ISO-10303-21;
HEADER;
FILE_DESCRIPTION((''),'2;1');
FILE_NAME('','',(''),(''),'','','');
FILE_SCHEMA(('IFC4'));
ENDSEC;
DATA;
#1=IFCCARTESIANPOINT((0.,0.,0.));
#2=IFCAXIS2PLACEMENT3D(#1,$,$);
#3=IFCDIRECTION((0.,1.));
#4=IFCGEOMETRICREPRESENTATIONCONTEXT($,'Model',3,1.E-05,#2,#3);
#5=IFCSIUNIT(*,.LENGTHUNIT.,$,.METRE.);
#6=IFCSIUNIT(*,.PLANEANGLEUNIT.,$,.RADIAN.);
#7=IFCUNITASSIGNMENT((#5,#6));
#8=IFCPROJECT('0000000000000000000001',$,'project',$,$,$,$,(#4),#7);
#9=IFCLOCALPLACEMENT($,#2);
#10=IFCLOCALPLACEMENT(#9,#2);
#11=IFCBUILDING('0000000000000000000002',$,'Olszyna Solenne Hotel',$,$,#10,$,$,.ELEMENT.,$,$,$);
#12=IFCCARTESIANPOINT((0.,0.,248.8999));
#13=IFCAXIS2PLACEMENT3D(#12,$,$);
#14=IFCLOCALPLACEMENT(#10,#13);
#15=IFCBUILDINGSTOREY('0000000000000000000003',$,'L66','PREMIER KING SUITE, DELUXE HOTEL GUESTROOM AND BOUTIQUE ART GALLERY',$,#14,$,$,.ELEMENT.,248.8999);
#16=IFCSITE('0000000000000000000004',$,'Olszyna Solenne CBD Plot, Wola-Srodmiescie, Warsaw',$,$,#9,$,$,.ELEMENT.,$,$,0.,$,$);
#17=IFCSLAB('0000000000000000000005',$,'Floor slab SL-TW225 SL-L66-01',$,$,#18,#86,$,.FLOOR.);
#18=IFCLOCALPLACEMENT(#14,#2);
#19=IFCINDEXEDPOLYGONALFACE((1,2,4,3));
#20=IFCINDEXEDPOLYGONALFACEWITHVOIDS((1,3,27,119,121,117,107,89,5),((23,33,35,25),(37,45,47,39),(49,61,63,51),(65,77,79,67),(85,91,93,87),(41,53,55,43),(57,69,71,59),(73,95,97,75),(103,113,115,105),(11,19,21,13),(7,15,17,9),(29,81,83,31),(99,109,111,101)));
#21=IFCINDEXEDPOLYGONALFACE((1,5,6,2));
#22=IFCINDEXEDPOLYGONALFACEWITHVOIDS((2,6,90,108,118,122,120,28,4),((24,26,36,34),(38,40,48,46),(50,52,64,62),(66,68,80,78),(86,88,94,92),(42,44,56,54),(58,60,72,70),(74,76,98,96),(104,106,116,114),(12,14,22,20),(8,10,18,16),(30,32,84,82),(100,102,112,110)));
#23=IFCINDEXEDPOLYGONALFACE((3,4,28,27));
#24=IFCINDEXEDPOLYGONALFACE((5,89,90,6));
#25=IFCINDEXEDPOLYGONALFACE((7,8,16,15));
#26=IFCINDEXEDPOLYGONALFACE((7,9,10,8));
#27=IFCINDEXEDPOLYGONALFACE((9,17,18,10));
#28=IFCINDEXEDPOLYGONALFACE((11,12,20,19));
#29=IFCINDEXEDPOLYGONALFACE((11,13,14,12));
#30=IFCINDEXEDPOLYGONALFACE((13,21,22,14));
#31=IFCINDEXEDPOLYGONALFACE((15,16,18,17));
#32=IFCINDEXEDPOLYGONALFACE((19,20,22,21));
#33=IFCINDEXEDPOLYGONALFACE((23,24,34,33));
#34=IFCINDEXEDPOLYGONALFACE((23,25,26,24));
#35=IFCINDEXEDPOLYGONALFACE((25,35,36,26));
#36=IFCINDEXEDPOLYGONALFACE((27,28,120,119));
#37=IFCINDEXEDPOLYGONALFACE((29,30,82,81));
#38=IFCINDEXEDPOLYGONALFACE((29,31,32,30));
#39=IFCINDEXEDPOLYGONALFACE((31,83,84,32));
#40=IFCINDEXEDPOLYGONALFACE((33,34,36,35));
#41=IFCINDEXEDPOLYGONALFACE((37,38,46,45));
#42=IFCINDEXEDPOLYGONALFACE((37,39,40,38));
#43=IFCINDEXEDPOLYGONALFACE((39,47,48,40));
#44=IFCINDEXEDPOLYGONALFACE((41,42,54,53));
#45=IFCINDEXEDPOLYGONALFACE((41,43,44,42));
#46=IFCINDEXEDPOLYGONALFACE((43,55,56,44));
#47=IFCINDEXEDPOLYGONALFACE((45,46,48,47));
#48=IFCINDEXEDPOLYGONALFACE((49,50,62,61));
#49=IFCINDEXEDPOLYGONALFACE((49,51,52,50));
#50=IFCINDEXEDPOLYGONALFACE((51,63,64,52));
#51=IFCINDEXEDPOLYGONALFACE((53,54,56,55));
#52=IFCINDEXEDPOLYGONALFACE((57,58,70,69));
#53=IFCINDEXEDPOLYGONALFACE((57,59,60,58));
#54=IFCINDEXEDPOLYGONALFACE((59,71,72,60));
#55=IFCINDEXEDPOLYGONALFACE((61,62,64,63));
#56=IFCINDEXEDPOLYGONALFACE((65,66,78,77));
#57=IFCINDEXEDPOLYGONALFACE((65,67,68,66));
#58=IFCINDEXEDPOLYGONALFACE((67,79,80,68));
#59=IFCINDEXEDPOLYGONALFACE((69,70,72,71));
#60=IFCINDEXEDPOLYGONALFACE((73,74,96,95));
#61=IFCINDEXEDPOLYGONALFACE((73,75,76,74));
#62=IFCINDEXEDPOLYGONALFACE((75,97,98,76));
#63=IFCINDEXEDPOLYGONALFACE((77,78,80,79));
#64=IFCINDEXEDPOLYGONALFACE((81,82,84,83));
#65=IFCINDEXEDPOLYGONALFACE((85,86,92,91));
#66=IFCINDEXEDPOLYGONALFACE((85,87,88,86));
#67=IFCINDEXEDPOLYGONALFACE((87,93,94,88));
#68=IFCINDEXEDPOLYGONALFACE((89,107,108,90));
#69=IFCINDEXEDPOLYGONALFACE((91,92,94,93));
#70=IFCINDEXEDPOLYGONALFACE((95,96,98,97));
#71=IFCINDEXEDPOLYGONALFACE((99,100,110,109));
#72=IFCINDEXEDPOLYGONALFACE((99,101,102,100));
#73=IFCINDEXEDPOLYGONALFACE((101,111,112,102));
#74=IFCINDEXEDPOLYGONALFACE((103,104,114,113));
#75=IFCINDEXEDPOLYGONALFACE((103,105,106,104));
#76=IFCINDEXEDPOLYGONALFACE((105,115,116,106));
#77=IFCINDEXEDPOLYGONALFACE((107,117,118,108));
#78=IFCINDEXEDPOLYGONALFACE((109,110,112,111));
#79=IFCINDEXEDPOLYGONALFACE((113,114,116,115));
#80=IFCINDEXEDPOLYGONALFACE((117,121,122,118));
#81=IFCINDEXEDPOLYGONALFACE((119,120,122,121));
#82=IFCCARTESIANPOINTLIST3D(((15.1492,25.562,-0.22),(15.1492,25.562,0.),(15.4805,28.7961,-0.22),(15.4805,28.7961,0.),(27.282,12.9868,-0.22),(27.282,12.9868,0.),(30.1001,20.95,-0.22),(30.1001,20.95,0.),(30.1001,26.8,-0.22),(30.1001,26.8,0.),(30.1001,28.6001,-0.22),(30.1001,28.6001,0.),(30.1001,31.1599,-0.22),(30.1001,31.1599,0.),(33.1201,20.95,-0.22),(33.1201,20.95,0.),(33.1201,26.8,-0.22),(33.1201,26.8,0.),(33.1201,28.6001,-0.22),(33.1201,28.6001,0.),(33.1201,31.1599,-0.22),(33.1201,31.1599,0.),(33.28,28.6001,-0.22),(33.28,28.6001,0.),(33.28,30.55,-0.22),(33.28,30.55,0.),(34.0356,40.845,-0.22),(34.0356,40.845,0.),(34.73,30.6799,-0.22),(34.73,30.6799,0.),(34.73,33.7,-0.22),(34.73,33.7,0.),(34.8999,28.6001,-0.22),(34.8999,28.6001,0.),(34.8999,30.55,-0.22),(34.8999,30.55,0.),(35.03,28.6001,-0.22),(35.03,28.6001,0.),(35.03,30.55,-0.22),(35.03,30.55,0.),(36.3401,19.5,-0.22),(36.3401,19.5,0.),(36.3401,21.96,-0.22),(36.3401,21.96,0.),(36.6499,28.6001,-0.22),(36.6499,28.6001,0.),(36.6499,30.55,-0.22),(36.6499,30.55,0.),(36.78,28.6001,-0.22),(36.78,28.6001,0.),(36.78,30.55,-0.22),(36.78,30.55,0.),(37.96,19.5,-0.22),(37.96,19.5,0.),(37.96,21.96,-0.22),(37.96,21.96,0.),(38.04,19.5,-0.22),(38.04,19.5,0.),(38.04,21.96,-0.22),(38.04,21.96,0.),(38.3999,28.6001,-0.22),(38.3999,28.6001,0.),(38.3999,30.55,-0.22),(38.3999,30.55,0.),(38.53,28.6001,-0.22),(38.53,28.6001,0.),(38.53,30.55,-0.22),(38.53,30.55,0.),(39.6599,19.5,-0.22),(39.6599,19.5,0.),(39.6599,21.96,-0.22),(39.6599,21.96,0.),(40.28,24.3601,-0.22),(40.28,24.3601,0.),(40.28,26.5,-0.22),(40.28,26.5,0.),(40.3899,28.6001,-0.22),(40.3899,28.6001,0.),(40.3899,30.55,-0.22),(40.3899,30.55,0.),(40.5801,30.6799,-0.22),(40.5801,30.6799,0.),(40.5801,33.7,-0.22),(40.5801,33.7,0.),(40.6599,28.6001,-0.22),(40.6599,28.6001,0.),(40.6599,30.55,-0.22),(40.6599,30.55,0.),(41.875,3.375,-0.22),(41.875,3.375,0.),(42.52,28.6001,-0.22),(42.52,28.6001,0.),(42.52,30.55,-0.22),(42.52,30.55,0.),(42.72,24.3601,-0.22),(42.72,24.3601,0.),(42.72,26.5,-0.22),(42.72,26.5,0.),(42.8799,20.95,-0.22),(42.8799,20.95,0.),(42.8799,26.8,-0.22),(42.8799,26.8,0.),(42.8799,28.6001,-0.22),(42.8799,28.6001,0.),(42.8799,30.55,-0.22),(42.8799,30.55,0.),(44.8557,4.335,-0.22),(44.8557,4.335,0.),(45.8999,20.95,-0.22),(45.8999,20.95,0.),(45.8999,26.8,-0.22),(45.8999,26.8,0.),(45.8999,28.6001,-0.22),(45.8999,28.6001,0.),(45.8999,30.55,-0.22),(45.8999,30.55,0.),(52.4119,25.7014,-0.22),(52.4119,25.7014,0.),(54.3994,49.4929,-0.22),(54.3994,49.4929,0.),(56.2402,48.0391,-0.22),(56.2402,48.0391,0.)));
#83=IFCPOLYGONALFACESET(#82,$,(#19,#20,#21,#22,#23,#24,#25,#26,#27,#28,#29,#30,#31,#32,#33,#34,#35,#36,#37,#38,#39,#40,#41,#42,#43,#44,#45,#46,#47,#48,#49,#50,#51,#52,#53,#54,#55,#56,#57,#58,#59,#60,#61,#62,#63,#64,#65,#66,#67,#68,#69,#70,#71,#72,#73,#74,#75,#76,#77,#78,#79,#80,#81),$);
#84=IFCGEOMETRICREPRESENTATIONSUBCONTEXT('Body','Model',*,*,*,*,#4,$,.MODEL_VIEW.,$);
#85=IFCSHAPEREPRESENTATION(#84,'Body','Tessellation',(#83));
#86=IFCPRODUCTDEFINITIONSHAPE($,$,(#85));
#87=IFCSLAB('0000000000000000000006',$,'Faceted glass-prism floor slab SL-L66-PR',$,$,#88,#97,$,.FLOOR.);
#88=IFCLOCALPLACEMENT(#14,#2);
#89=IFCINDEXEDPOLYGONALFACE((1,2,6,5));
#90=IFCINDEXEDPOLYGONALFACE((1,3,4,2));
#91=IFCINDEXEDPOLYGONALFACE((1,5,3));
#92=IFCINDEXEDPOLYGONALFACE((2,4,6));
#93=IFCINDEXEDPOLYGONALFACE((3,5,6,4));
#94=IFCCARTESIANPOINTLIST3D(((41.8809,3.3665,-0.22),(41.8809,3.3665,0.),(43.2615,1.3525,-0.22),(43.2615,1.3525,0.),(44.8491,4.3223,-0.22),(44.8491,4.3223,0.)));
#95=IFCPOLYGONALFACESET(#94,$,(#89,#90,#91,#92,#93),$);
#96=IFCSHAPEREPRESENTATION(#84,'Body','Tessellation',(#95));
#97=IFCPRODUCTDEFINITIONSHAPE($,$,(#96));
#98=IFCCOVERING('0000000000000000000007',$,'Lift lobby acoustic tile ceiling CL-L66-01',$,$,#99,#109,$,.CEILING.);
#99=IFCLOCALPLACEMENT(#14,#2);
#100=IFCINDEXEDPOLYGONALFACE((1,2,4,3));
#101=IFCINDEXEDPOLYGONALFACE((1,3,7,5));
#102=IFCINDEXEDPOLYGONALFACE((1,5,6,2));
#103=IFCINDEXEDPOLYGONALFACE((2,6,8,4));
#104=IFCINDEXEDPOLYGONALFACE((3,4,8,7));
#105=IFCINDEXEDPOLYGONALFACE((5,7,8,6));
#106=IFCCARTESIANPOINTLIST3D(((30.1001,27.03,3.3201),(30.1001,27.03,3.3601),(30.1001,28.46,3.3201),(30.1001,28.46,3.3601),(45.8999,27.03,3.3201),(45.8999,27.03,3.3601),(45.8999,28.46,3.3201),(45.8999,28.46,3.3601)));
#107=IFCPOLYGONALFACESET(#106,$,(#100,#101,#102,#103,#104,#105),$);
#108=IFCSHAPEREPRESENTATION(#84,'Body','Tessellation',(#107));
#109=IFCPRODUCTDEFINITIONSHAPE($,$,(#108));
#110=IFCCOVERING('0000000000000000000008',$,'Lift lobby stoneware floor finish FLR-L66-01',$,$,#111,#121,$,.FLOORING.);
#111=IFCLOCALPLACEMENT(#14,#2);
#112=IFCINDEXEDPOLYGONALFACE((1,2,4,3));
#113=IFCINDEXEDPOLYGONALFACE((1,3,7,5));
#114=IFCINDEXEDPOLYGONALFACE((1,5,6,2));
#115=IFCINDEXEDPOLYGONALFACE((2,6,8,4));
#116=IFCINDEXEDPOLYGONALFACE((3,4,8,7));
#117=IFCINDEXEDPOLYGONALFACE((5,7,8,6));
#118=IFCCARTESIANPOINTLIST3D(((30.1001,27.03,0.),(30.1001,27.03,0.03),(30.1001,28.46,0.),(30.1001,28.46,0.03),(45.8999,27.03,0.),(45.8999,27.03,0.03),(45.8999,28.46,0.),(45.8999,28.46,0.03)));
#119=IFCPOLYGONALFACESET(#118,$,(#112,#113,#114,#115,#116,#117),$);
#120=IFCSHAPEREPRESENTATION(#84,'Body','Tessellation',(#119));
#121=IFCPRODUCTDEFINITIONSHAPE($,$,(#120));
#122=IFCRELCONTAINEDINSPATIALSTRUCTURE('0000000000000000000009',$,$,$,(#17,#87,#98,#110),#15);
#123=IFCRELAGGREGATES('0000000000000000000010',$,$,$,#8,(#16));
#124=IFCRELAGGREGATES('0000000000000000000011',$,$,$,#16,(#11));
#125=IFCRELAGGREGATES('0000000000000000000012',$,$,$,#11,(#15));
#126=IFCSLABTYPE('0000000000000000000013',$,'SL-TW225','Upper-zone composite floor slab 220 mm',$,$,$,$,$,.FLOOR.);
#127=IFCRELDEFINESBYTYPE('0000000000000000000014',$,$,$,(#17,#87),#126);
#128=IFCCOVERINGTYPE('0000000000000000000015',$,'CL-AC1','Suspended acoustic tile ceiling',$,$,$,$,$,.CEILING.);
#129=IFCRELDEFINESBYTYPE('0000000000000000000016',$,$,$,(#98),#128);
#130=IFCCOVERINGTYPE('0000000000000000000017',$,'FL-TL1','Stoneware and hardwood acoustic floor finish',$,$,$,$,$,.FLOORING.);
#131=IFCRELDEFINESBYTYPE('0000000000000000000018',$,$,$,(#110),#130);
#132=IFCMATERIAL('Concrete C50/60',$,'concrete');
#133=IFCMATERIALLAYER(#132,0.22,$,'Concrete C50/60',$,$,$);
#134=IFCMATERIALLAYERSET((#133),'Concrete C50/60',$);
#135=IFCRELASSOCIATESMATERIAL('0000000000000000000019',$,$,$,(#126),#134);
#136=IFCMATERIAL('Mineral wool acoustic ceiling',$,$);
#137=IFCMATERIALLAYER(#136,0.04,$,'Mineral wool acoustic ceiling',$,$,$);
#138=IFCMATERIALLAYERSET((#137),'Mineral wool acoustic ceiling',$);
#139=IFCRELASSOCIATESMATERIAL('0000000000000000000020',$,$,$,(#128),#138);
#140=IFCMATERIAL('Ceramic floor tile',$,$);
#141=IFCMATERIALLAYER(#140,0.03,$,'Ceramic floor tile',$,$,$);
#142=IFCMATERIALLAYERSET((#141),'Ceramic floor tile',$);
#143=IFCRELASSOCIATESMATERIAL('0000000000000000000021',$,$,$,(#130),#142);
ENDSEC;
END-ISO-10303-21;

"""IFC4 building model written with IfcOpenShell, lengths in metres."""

from ifc_helpers import new_model, si_unit, direction, frame, origin, place, context, subcontext, project, spatial, polyline, outline, extrude, material, layer, layer_set, type_object, element, save


model = new_model("IFC4")

# Units and contexts
model_context = context("Model", 3, precision=1e-05, world=origin(), true_north=direction((0.0, 1.0)))
body_context = subcontext(model_context, "Body", "Model", "MODEL_VIEW")
ifc_project = project(units=[si_unit("LENGTHUNIT", "METRE"), si_unit("PLANEANGLEUNIT", "RADIAN")], contexts=[model_context])

# Site, building, storey
site_placement = place(None, origin())
site = spatial("IfcSite", under=ifc_project, at=site_placement, Name="Olszyna Solenne CBD Plot, Wola-Srodmiescie, Warsaw", CompositionType="ELEMENT", RefElevation=0.0)
building_placement = place(site_placement, origin())
building = spatial("IfcBuilding", under=site, at=building_placement, Name="Olszyna Solenne Hotel", CompositionType="ELEMENT")
storey_placement = place(building_placement, frame((0.0, 0.0, 248.8999)))
storey = spatial("IfcBuildingStorey", under=building, at=storey_placement, Name="L66", Description="PREMIER KING SUITE, DELUXE HOTEL GUESTROOM AND BOUTIQUE ART GALLERY", CompositionType="ELEMENT", Elevation=248.8999)

# Slabs
ifc_material_1 = material(Name="Concrete C50/60", Category="concrete")
ifc_layer_1 = layer(ifc_material_1, 0.22, Name="Concrete C50/60")
ifc_layer_set_1 = layer_set([ifc_layer_1], Name="Concrete C50/60")
slab_type_1 = type_object("IfcSlabType", Name="SL-TW225", Description="Upper-zone composite floor slab 220 mm", PredefinedType="FLOOR", material=ifc_layer_set_1)
slab_1_placement = place(storey_placement, frame((0.0, 0.0, -0.22)))
element("IfcSlab", 1, at=slab_1_placement, inside=storey, type_object=slab_type_1, Name="Floor slab SL-TW225 SL-L66-01", PredefinedType="FLOOR", context=body_context, shape_type="SweptSolid", body=[
    extrude(outline(polyline([(56.2402, 48.0391), (54.3994, 49.4929), (34.0356, 40.845), (15.4805, 28.7961), (15.1492, 25.562), (27.282, 12.9868), (41.875, 3.375), (44.8557, 4.335), (52.4119, 25.7014), (56.2402, 48.0391)]), holes=[polyline([(30.1001, 20.95), (33.1201, 20.95), (33.1201, 26.8), (30.1001, 26.8), (30.1001, 20.95)]), polyline([(42.8799, 20.95), (45.8999, 20.95), (45.8999, 26.8), (42.8799, 26.8), (42.8799, 20.95)]), polyline([(34.73, 30.6799), (40.5801, 30.6799), (40.5801, 33.7), (34.73, 33.7), (34.73, 30.6799)]), polyline([(36.3401, 19.5), (37.96, 19.5), (37.96, 21.96), (36.3401, 21.96), (36.3401, 19.5)]), polyline([(38.04, 19.5), (39.6599, 19.5), (39.6599, 21.96), (38.04, 21.96), (38.04, 19.5)]), polyline([(30.1001, 28.6001), (33.1201, 28.6001), (33.1201, 31.1599), (30.1001, 31.1599), (30.1001, 28.6001)]), polyline([(40.28, 24.3601), (42.72, 24.3601), (42.72, 26.5), (40.28, 26.5), (40.28, 24.3601)]), polyline([(33.28, 28.6001), (34.8999, 28.6001), (34.8999, 30.55), (33.28, 30.55), (33.28, 28.6001)]), polyline([(35.03, 28.6001), (36.6499, 28.6001), (36.6499, 30.55), (35.03, 30.55), (35.03, 28.6001)]), polyline([(36.78, 28.6001), (38.3999, 28.6001), (38.3999, 30.55), (36.78, 30.55), (36.78, 28.6001)]), polyline([(38.53, 28.6001), (40.3899, 28.6001), (40.3899, 30.55), (38.53, 30.55), (38.53, 28.6001)]), polyline([(40.6599, 28.6001), (42.52, 28.6001), (42.52, 30.55), (40.6599, 30.55), (40.6599, 28.6001)]), polyline([(42.8799, 28.6001), (45.8999, 28.6001), (45.8999, 30.55), (42.8799, 30.55), (42.8799, 28.6001)])]), origin(), (0.0, 0.0, 1.0), 0.22),
])
slab_2_placement = place(storey_placement, frame((0.0, 0.0, -0.22)))
element("IfcSlab", 2, at=slab_2_placement, inside=storey, type_object=slab_type_1, Name="Faceted glass-prism floor slab SL-L66-PR", PredefinedType="FLOOR", context=body_context, shape_type="SweptSolid", body=[
    extrude(outline(polyline([(44.8491, 4.3223), (41.8809, 3.3665), (43.2615, 1.3525), (44.8491, 4.3223)])), origin(), (0.0, 0.0, 1.0), 0.22),
])

# Coverings
ifc_material_2 = material(Name="Mineral wool acoustic ceiling")
ifc_layer_2 = layer(ifc_material_2, 0.04, Name="Mineral wool acoustic ceiling")
ifc_layer_set_2 = layer_set([ifc_layer_2], Name="Mineral wool acoustic ceiling")
covering_type_1 = type_object("IfcCoveringType", Name="CL-AC1", Description="Suspended acoustic tile ceiling", PredefinedType="CEILING", material=ifc_layer_set_2)
covering_1_placement = place(storey_placement, frame((0.0, 0.0, 3.3201)))
element("IfcCovering", 3, at=covering_1_placement, inside=storey, type_object=covering_type_1, Name="Lift lobby acoustic tile ceiling CL-L66-01", PredefinedType="CEILING", context=body_context, shape_type="SweptSolid", body=[
    extrude(outline(polyline([(30.1001, 27.03), (45.8999, 27.03), (45.8999, 28.46), (30.1001, 28.46), (30.1001, 27.03)])), origin(), (0.0, 0.0, 1.0), 0.04),
])
ifc_material_3 = material(Name="Ceramic floor tile")
ifc_layer_3 = layer(ifc_material_3, 0.03, Name="Ceramic floor tile")
ifc_layer_set_3 = layer_set([ifc_layer_3], Name="Ceramic floor tile")
covering_type_2 = type_object("IfcCoveringType", Name="FL-TL1", Description="Stoneware and hardwood acoustic floor finish", PredefinedType="FLOORING", material=ifc_layer_set_3)
covering_2_placement = place(storey_placement, origin())
element("IfcCovering", 4, at=covering_2_placement, inside=storey, type_object=covering_type_2, Name="Lift lobby stoneware floor finish FLR-L66-01", PredefinedType="FLOORING", context=body_context, shape_type="SweptSolid", body=[
    extrude(outline(polyline([(30.1001, 27.03), (45.8999, 27.03), (45.8999, 28.46), (30.1001, 28.46), (30.1001, 27.03)])), origin(), (0.0, 0.0, 1.0), 0.03),
])

save(model, "model.ifc")
